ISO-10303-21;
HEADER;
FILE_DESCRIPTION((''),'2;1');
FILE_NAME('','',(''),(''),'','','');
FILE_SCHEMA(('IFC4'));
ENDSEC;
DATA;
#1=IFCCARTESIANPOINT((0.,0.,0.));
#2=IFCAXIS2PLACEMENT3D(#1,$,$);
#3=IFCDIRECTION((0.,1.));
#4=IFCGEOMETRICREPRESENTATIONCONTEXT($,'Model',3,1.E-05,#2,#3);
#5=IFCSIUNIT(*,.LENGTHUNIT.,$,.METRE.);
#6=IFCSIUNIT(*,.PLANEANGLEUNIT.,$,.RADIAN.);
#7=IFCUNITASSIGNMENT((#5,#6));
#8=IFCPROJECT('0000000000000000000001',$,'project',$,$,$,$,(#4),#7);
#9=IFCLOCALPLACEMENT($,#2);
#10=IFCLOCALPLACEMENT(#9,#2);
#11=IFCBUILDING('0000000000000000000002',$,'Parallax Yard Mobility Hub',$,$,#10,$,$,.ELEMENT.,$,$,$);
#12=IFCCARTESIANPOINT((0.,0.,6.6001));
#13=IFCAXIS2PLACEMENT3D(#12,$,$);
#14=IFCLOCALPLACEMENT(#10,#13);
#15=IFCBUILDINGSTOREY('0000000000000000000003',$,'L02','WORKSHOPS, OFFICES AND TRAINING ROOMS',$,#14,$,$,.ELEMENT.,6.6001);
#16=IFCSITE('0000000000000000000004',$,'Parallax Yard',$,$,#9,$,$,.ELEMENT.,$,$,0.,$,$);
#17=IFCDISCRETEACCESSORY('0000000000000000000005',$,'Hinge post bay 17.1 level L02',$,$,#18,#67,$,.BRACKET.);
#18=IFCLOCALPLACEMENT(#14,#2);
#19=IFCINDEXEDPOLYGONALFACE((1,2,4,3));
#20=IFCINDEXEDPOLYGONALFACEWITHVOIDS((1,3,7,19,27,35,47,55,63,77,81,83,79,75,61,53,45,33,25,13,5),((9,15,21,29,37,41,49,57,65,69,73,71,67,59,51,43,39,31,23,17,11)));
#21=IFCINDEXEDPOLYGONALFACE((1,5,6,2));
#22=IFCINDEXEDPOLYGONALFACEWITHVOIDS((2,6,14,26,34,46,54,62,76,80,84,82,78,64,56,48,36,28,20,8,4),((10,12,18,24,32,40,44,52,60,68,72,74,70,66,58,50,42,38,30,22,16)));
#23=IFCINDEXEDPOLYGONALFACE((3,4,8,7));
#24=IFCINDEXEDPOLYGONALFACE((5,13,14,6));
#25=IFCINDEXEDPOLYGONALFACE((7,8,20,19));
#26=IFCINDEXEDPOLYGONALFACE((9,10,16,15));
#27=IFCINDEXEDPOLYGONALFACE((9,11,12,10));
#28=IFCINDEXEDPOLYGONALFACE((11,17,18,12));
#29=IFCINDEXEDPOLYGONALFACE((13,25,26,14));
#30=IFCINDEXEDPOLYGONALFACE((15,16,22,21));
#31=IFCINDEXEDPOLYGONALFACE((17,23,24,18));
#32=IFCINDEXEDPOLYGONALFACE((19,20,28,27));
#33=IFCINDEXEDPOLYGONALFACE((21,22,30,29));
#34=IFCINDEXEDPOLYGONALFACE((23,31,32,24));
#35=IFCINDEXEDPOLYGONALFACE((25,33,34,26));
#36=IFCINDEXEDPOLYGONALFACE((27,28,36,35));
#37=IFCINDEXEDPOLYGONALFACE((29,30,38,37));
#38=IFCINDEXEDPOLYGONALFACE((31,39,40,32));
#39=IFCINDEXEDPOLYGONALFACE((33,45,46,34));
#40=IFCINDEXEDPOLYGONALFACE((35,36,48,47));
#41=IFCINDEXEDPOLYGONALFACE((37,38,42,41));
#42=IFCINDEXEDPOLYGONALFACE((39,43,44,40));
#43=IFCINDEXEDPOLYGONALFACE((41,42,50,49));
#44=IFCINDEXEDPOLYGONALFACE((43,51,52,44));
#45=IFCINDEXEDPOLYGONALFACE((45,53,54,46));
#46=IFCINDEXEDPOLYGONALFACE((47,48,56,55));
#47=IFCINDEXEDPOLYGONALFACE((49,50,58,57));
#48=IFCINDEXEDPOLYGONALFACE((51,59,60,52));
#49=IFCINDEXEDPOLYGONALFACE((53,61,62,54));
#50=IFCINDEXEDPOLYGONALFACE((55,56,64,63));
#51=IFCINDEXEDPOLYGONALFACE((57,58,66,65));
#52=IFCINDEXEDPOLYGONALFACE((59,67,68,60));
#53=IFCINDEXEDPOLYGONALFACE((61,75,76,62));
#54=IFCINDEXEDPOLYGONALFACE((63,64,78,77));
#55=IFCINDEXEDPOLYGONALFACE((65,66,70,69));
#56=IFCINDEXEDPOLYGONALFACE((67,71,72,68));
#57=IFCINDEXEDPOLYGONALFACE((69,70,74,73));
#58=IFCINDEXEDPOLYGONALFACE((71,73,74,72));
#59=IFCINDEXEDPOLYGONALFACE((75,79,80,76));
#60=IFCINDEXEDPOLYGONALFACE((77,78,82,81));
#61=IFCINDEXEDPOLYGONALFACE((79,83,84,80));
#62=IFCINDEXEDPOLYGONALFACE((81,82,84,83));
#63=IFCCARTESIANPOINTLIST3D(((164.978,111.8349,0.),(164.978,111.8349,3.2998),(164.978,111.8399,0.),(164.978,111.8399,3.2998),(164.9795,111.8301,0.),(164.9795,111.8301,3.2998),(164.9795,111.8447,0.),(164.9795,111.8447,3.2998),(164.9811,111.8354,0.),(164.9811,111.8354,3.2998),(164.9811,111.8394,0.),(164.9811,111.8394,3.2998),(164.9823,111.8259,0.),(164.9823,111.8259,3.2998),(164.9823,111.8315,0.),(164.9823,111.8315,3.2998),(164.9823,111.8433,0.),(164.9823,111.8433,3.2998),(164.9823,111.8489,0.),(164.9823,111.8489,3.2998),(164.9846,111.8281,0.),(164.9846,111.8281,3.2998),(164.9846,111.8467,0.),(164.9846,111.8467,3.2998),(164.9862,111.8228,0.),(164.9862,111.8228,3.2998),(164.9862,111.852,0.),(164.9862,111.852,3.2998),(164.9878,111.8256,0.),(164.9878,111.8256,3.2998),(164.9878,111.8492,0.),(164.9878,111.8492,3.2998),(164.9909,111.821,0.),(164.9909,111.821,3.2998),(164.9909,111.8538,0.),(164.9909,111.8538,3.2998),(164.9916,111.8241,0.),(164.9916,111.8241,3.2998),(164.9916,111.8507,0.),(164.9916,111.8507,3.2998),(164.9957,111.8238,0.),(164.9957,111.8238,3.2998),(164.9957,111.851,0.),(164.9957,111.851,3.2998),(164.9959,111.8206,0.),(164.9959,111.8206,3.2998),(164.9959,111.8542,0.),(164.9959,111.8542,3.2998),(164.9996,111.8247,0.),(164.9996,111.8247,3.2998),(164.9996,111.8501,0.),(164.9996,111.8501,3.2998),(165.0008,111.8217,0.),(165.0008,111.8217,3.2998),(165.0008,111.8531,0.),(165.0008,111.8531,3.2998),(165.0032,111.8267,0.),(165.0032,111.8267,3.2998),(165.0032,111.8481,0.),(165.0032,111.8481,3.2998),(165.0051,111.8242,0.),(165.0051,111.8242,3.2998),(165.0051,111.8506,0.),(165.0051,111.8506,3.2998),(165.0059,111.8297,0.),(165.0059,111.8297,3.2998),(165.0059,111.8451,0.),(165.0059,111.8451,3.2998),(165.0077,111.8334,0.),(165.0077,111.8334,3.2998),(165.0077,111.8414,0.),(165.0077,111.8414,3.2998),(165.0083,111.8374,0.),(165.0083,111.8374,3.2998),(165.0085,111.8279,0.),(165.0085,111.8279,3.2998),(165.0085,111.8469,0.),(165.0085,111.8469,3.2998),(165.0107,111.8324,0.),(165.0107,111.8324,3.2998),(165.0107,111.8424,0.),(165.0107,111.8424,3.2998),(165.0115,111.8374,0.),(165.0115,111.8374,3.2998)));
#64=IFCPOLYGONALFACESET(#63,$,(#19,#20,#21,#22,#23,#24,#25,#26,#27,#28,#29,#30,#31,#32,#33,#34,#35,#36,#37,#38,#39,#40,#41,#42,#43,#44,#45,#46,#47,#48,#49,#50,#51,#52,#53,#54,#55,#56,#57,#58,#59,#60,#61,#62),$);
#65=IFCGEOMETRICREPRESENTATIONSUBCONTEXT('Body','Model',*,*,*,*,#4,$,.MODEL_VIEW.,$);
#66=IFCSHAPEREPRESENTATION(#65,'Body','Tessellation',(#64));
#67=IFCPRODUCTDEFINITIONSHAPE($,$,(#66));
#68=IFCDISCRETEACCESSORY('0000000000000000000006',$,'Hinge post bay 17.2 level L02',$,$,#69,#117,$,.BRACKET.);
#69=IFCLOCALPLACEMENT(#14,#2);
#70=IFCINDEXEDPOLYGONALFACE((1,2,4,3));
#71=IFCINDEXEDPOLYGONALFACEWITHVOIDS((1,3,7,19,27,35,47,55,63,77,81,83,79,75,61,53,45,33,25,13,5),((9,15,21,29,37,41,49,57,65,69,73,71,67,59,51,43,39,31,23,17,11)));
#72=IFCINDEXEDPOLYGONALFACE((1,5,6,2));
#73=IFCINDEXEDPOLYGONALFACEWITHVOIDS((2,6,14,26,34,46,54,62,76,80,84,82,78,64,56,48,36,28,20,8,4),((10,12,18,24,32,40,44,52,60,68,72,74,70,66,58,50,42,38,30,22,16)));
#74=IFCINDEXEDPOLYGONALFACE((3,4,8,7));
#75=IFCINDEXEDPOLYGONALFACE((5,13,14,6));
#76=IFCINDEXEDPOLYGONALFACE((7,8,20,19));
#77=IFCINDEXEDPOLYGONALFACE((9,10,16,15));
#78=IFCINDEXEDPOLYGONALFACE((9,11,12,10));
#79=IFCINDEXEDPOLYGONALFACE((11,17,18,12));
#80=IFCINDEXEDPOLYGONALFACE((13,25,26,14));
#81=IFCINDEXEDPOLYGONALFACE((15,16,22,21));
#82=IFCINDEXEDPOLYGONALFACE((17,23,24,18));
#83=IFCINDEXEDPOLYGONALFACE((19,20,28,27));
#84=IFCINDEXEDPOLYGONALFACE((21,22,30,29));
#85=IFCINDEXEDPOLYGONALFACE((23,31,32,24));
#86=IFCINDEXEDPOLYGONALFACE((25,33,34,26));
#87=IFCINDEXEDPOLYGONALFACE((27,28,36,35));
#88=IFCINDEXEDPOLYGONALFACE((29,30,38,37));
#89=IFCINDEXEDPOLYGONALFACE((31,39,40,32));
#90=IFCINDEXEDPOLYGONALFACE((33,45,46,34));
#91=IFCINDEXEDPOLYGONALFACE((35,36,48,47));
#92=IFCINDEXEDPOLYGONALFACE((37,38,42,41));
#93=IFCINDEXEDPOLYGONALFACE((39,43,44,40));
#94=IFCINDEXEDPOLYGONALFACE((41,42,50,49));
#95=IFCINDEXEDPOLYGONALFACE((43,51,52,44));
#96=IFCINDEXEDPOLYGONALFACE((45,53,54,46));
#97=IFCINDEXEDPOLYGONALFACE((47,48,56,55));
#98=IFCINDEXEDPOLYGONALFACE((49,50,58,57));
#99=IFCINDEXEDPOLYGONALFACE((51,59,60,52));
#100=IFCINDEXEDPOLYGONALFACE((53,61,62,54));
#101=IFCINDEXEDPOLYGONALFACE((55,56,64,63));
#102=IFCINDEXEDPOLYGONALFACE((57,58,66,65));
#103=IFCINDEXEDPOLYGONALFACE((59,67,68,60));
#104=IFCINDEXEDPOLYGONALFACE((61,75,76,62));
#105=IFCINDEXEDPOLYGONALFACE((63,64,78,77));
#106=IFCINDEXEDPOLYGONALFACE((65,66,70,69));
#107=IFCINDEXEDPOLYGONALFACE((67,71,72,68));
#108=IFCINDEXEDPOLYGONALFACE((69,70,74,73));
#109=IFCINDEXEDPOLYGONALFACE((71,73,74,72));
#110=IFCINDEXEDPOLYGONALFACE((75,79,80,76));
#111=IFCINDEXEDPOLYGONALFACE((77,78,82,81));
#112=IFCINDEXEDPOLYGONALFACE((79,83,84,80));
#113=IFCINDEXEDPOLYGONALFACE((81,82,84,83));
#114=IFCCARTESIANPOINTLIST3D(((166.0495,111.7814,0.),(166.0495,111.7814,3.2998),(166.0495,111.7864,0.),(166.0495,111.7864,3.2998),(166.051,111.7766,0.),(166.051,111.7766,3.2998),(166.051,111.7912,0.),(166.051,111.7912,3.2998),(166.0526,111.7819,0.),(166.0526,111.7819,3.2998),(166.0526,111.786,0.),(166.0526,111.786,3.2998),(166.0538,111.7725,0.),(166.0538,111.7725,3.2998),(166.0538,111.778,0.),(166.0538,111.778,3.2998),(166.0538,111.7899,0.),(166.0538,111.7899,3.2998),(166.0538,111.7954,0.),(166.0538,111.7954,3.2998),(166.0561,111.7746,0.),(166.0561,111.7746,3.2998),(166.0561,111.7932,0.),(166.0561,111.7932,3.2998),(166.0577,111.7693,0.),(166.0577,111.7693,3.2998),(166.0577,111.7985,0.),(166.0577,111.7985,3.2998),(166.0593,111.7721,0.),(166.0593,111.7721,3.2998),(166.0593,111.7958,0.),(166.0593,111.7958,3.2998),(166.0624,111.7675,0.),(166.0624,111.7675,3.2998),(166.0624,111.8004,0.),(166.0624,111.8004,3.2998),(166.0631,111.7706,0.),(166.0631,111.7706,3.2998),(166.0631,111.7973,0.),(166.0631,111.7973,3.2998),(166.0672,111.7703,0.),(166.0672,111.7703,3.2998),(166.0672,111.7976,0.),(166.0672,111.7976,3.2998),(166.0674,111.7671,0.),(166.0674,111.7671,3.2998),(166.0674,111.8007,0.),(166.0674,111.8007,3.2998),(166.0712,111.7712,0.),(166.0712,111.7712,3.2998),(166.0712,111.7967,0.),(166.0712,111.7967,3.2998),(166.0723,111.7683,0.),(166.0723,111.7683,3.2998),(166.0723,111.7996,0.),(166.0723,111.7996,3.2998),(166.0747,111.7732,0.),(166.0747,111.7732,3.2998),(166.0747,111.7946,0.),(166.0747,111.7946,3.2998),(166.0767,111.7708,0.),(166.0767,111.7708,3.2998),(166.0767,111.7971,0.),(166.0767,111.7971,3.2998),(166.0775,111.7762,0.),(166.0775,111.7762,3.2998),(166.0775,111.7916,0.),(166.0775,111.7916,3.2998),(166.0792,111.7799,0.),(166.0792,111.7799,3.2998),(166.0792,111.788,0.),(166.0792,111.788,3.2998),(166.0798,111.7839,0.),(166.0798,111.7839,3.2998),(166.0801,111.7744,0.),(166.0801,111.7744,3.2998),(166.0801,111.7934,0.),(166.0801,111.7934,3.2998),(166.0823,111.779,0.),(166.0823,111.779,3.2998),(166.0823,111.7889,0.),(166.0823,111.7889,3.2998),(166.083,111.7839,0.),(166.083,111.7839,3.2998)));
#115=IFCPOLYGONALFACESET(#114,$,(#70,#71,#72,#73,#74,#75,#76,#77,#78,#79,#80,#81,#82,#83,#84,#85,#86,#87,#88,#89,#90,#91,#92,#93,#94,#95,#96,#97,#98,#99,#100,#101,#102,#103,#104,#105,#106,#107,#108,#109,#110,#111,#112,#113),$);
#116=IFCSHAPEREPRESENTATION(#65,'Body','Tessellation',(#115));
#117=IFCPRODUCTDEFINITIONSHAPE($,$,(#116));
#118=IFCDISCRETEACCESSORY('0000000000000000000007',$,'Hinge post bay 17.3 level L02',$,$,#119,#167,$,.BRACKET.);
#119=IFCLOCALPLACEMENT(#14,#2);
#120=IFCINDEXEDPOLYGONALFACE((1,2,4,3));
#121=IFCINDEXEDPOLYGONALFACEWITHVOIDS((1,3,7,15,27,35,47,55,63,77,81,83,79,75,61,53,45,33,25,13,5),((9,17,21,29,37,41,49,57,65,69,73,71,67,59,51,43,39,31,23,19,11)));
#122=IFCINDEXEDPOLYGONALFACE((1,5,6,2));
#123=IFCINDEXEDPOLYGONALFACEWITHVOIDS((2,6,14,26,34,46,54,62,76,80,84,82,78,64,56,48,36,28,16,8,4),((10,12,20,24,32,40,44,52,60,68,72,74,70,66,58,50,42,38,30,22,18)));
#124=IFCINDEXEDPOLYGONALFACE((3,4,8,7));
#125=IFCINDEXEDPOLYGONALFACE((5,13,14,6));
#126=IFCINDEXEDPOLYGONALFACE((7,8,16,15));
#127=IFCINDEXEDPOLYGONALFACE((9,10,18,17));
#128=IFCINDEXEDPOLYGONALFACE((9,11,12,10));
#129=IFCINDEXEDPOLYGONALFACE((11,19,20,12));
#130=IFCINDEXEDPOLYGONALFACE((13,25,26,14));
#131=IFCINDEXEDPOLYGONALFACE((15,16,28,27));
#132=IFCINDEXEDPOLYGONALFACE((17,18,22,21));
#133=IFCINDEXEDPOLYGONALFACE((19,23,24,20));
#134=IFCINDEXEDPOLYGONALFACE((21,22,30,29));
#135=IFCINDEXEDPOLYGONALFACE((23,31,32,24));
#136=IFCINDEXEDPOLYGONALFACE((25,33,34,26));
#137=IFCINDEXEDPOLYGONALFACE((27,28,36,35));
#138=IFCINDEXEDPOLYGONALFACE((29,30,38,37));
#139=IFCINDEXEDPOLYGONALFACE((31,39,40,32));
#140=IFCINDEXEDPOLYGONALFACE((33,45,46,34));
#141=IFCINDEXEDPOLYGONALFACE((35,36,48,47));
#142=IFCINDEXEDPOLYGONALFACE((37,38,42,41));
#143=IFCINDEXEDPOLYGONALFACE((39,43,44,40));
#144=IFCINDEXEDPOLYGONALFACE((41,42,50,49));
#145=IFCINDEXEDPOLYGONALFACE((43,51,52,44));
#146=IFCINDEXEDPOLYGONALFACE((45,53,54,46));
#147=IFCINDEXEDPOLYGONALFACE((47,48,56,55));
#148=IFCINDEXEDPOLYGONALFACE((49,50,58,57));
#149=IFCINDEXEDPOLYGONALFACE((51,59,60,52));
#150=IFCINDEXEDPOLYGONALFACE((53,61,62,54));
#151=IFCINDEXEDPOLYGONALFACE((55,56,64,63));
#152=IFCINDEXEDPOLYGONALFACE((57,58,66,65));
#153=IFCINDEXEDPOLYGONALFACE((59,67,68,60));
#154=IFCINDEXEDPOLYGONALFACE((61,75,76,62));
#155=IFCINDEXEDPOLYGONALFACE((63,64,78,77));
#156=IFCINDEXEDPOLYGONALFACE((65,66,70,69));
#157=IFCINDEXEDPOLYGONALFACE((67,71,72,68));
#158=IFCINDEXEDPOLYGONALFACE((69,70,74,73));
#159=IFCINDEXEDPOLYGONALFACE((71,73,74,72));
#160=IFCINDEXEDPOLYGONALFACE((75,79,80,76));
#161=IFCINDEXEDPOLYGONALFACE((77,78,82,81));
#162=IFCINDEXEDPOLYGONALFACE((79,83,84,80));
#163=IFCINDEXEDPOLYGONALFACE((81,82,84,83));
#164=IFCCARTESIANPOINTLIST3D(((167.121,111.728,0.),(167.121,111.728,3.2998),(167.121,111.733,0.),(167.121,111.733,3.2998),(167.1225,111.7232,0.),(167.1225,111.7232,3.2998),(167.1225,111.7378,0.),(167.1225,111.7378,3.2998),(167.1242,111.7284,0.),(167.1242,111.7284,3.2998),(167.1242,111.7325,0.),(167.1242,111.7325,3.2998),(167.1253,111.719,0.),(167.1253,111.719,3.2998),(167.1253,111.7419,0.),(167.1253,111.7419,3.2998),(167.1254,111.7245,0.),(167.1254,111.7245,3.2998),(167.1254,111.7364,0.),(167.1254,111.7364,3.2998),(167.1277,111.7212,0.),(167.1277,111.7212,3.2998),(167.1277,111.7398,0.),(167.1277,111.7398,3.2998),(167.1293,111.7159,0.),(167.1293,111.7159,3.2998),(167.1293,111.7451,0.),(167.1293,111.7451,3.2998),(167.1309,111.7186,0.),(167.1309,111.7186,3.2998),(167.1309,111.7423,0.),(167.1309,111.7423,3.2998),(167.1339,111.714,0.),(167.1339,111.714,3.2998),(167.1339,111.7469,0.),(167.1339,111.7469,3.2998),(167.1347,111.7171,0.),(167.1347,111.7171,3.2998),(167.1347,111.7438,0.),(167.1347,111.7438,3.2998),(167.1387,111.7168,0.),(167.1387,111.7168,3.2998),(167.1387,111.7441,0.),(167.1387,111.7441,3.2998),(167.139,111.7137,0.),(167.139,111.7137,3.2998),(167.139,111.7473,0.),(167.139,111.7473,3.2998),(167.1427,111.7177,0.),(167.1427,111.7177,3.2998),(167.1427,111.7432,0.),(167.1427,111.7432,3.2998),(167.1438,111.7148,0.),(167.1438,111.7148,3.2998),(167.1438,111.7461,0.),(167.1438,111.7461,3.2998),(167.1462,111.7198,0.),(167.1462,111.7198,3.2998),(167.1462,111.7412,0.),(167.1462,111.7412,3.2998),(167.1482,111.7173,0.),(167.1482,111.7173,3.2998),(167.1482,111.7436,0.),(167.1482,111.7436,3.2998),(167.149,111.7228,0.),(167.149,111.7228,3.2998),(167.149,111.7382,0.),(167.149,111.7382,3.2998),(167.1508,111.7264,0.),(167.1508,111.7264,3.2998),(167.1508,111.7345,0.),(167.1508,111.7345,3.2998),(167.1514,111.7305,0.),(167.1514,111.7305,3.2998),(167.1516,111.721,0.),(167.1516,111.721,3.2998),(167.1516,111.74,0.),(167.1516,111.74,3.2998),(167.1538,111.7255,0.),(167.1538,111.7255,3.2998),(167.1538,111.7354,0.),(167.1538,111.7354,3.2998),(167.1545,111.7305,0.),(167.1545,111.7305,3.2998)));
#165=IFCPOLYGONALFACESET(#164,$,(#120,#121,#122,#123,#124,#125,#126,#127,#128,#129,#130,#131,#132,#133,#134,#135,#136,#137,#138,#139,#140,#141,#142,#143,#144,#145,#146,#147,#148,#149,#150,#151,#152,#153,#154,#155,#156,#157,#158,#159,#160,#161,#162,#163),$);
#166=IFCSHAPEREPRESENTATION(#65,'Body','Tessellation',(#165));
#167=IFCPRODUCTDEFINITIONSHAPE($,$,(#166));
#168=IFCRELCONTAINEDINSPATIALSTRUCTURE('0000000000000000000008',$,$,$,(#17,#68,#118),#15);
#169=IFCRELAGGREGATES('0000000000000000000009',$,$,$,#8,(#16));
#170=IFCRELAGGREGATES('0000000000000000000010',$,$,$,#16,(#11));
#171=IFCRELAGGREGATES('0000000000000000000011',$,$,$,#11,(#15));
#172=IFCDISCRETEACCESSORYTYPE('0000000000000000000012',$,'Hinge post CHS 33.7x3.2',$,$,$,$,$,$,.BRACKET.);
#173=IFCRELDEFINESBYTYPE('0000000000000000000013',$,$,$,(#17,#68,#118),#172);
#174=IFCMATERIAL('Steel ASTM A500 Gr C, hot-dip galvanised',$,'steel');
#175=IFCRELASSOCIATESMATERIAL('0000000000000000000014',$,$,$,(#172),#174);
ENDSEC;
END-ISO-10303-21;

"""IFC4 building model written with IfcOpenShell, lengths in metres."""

from ifc_helpers import new_model, si_unit, direction, frame, origin, origin_2d, place, context, subcontext, project, spatial, hollow_circle, extrude, material, material_profile, profile_set, type_object, element, save


model = new_model("IFC4")

# Units and contexts
model_context = context("Model", 3, precision=1e-05, world=origin(), true_north=direction((0.0, 1.0)))
body_context = subcontext(model_context, "Body", "Model", "MODEL_VIEW")
ifc_project = project(units=[si_unit("LENGTHUNIT", "METRE"), si_unit("PLANEANGLEUNIT", "RADIAN")], contexts=[model_context])

# Site, building, storey
site_placement = place(None, origin())
site = spatial("IfcSite", under=ifc_project, at=site_placement, Name="Parallax Yard", CompositionType="ELEMENT", RefElevation=0.0)
building_placement = place(site_placement, origin())
building = spatial("IfcBuilding", under=site, at=building_placement, Name="Parallax Yard Mobility Hub", CompositionType="ELEMENT")
storey_placement = place(building_placement, frame((0.0, 0.0, 6.6001)))
storey = spatial("IfcBuildingStorey", under=building, at=storey_placement, Name="L02", Description="WORKSHOPS, OFFICES AND TRAINING ROOMS", CompositionType="ELEMENT", Elevation=6.6001)

# Discrete accessories
ifc_material_1 = material(Name="Steel ASTM A500 Gr C, hot-dip galvanised", Category="steel")
ifc_material_profile = material_profile(ifc_material_1, hollow_circle(Radius=0.0168, WallThickness=0.0032, at=origin_2d()), Name="CHS 33.7x3.2")
ifc_profile_set = profile_set([ifc_material_profile], Name="Steel ASTM A500 Gr C, hot-dip galvanised")
discrete_accessory_type = type_object("IfcDiscreteAccessoryType", Name="Hinge post CHS 33.7x3.2", PredefinedType="BRACKET", material=ifc_profile_set)
for number, where, z_axis, x_axis, name in (
    (1, (164.9946, 111.8374, 0.0), (0.0, 0.0, 1.0), (1.0, 0.0, 0.0), "Hinge post bay 17.1 level L02"),
    (2, (166.0662, 111.7839, 0.0), (0.0, 0.0, 1.0), (1.0, 0.0, 0.0), "Hinge post bay 17.2 level L02"),
    (3, (167.1377, 111.7305, 0.0), (0.0, 0.0, 1.0), (1.0, 0.0, 0.0), "Hinge post bay 17.3 level L02"),
):
    element("IfcDiscreteAccessory", number, at=place(storey_placement, frame(where, z_axis=z_axis, x_axis=x_axis)), inside=storey, type_object=discrete_accessory_type, Name=name, PredefinedType="BRACKET", context=body_context, shape_type="SweptSolid", body=[
        extrude(hollow_circle(Radius=0.0168, WallThickness=0.0032, at=origin_2d()), origin(), (0.0, 0.0, 1.0), 3.2998),
    ])

save(model, "model.ifc")
